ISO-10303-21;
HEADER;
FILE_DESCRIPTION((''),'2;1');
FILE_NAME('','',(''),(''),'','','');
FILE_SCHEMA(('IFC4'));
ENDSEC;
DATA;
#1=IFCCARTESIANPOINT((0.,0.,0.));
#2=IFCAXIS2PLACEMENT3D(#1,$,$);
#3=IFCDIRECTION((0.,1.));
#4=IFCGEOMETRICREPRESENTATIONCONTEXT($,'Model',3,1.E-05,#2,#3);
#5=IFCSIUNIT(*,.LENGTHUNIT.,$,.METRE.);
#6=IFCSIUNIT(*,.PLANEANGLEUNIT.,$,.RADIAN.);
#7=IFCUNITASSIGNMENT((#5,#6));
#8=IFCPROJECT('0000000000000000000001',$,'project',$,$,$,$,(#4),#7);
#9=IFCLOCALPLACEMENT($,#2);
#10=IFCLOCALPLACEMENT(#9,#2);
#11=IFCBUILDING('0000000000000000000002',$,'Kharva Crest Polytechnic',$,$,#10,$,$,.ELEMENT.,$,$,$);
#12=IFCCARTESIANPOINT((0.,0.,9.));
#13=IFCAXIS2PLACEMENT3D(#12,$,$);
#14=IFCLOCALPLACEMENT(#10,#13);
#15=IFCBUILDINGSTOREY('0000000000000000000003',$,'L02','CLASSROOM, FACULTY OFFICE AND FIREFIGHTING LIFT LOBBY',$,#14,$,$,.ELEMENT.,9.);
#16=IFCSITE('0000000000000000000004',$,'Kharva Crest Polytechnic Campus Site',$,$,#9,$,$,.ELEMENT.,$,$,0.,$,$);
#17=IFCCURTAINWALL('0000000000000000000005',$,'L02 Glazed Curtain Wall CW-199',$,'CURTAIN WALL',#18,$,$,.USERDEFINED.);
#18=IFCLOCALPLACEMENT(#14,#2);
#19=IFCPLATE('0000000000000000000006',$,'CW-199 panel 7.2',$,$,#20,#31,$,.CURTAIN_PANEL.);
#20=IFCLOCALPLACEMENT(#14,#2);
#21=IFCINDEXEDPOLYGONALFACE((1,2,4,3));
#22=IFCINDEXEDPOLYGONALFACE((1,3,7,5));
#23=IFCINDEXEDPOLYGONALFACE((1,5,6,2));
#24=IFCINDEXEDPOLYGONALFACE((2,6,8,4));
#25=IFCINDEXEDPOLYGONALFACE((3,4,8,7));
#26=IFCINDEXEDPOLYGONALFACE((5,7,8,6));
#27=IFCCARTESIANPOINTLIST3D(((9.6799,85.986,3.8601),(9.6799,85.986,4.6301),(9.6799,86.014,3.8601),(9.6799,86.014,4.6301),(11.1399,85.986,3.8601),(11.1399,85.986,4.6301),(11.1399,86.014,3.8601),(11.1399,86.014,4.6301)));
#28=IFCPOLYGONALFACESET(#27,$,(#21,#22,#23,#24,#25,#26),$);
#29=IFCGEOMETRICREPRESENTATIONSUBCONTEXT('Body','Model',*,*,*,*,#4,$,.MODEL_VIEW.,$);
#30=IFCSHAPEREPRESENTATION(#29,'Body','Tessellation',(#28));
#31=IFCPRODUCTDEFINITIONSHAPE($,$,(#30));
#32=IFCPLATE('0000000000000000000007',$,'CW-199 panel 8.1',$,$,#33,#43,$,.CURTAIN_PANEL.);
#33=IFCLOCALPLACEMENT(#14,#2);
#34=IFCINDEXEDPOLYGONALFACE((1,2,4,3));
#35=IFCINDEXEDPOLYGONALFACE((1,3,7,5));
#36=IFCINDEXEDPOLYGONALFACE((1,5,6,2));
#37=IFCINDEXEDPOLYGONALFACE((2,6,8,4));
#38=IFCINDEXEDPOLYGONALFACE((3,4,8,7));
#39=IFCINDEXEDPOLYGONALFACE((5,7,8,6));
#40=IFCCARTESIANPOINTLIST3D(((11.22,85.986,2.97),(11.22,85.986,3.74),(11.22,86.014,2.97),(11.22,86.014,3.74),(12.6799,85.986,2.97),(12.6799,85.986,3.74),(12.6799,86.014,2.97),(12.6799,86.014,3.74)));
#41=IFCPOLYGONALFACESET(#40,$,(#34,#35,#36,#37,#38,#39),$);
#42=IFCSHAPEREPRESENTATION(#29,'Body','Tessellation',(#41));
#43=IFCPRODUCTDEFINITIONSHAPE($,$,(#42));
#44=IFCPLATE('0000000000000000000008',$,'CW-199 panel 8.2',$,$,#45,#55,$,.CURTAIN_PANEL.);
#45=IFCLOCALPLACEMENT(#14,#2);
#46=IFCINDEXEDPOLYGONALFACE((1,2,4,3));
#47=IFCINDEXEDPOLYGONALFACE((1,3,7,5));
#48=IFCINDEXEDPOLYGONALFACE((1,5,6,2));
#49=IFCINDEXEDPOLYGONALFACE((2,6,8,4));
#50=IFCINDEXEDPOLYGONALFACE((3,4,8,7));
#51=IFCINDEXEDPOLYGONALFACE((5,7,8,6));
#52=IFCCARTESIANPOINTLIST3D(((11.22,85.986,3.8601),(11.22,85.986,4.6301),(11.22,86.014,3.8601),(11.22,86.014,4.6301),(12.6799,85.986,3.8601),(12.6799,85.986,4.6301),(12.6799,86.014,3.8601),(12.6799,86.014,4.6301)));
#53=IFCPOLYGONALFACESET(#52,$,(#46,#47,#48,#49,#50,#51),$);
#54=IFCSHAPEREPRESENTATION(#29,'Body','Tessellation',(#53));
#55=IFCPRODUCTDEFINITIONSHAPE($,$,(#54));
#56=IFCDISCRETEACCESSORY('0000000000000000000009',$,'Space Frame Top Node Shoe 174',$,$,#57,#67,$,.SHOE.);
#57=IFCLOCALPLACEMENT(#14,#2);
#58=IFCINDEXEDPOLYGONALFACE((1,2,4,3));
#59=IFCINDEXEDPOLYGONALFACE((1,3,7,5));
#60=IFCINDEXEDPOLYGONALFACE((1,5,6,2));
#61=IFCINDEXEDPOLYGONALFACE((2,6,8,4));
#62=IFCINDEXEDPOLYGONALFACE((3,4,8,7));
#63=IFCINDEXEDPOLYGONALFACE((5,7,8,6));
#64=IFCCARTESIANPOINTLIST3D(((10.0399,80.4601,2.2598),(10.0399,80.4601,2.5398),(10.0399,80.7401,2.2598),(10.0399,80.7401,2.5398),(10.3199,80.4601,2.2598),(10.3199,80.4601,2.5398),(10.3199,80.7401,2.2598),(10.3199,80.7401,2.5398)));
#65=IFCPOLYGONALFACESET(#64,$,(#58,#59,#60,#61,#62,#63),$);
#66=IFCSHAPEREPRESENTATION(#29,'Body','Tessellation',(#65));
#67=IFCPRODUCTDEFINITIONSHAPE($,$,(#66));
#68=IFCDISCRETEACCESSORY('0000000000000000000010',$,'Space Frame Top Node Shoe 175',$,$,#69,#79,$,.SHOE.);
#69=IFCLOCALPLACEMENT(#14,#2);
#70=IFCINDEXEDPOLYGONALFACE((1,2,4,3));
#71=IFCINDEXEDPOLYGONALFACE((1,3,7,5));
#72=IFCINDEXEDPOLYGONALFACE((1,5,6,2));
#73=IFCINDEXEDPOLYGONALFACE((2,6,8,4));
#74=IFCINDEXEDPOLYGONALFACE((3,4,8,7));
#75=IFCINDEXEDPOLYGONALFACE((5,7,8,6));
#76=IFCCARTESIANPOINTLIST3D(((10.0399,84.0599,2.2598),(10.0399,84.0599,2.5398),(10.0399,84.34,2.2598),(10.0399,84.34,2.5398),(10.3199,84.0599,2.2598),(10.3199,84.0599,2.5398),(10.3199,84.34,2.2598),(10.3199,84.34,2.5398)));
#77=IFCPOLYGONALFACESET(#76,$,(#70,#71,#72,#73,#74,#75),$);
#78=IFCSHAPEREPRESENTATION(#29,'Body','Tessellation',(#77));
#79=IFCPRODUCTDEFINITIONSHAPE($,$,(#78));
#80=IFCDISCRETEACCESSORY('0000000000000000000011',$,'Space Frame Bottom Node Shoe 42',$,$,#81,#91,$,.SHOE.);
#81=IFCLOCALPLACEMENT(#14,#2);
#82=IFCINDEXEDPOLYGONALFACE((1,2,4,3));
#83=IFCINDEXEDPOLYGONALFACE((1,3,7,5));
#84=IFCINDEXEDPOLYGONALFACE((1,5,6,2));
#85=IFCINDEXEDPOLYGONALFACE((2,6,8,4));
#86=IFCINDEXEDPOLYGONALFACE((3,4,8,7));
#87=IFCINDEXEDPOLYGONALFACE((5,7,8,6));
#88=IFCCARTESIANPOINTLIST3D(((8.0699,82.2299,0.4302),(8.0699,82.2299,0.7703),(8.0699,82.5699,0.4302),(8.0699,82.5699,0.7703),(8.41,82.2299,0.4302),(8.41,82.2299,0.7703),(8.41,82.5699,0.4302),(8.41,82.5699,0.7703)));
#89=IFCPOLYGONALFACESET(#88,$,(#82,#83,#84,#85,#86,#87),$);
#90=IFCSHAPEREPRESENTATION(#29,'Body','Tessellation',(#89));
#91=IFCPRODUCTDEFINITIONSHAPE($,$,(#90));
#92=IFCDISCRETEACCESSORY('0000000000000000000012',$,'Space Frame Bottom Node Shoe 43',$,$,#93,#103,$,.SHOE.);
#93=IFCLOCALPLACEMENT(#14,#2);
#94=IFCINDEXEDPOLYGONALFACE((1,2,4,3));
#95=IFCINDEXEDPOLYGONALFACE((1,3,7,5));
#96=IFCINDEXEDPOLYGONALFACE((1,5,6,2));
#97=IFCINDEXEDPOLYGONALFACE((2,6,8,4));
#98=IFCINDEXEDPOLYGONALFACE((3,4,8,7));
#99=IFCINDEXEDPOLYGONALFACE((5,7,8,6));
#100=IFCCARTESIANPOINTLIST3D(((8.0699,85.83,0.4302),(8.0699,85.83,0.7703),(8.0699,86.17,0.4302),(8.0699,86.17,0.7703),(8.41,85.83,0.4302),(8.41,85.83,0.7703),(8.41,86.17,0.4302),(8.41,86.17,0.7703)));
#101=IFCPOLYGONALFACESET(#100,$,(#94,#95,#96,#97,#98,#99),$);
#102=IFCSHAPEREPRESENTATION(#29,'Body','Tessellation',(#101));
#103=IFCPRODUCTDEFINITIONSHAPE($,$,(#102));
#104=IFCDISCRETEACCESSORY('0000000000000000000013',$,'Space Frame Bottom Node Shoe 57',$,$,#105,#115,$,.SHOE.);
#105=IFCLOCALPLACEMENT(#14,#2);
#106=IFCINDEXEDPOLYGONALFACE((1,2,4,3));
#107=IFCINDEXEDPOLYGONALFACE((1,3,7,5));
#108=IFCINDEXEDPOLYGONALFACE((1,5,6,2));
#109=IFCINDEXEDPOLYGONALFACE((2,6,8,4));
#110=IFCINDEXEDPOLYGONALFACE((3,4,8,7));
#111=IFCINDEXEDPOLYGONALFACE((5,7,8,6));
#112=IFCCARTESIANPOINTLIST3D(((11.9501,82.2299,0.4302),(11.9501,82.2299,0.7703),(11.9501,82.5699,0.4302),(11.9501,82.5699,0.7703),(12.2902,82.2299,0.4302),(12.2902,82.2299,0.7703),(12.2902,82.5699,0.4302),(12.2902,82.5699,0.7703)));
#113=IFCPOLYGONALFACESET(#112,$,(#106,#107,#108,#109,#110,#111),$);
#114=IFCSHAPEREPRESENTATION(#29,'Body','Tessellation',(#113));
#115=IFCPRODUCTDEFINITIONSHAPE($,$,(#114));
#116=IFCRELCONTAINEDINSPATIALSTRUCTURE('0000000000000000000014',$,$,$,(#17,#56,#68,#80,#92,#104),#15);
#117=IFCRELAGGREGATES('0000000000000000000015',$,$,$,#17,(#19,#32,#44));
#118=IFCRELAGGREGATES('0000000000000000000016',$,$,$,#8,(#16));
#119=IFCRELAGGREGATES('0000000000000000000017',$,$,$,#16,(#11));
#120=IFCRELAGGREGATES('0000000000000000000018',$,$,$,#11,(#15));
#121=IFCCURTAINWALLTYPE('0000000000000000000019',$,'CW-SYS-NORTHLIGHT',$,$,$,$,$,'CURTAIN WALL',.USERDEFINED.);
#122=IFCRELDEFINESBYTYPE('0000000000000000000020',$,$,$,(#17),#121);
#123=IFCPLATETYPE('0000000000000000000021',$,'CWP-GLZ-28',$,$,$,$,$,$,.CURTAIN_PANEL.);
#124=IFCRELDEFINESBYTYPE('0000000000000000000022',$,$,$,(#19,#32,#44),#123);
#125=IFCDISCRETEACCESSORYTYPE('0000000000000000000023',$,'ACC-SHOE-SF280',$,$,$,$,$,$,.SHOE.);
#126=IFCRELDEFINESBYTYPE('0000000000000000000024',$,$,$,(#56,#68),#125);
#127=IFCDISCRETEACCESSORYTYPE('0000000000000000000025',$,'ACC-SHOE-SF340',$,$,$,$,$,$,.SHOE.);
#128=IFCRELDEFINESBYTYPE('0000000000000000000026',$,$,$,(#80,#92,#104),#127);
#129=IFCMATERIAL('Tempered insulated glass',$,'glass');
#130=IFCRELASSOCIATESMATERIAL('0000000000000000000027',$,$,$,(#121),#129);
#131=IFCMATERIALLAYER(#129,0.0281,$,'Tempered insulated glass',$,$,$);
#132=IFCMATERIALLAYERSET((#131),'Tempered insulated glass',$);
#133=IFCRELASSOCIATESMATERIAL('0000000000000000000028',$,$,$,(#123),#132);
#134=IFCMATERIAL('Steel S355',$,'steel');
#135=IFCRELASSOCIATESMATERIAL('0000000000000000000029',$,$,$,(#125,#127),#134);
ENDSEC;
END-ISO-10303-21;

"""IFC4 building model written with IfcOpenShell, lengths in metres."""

from ifc_helpers import new_model, si_unit, direction, frame, origin, origin_2d, place, context, subcontext, project, spatial, rectangle, extrude, material, layer, layer_set, type_object, element, aggregate, save


model = new_model("IFC4")

# Units and contexts
model_context = context("Model", 3, precision=1e-05, world=origin(), true_north=direction((0.0, 1.0)))
body_context = subcontext(model_context, "Body", "Model", "MODEL_VIEW")
ifc_project = project(units=[si_unit("LENGTHUNIT", "METRE"), si_unit("PLANEANGLEUNIT", "RADIAN")], contexts=[model_context])

# Site, building, storey
site_placement = place(None, origin())
site = spatial("IfcSite", under=ifc_project, at=site_placement, Name="Kharva Crest Polytechnic Campus Site", CompositionType="ELEMENT", RefElevation=0.0)
building_placement = place(site_placement, origin())
building = spatial("IfcBuilding", under=site, at=building_placement, Name="Kharva Crest Polytechnic", CompositionType="ELEMENT")
storey_placement = place(building_placement, frame((0.0, 0.0, 9.0)))
storey = spatial("IfcBuildingStorey", under=building, at=storey_placement, Name="L02", Description="CLASSROOM, FACULTY OFFICE AND FIREFIGHTING LIFT LOBBY", CompositionType="ELEMENT", Elevation=9.0)

# Curtain wall
ifc_material_1 = material(Name="Tempered insulated glass", Category="glass")
curtain_wall_type = type_object("IfcCurtainWallType", Name="CW-SYS-NORTHLIGHT", ElementType="CURTAIN WALL", PredefinedType="USERDEFINED", material=ifc_material_1)
curtain_wall_placement = place(storey_placement, origin())
curtain_wall = element("IfcCurtainWall", 1, at=curtain_wall_placement, inside=storey, type_object=curtain_wall_type, Name="L02 Glazed Curtain Wall CW-199", ObjectType="CURTAIN WALL", PredefinedType="USERDEFINED")
ifc_material_2 = material(Name="Steel S355", Category="steel")

# Plates
ifc_layer = layer(ifc_material_1, 0.0281, Name="Tempered insulated glass")
ifc_layer_set = layer_set([ifc_layer], Name="Tempered insulated glass")
plate_type = type_object("IfcPlateType", Name="CWP-GLZ-28", PredefinedType="CURTAIN_PANEL", material=ifc_layer_set)
plate_1_placement = place(storey_placement, frame((10.4099, 86.0, 3.8601), z_axis=(0.0, 0.0, 1.0), x_axis=(1.0, 0.0, 0.0)))
plate_1 = element("IfcPlate", 2, at=plate_1_placement, type_object=plate_type, Name="CW-199 panel 7.2", PredefinedType="CURTAIN_PANEL", context=body_context, shape_type="SweptSolid", body=[
    extrude(rectangle(XDim=1.46, YDim=0.0281, at=origin_2d()), origin(), (0.0, 0.0, 1.0), 0.77),
])
plate_2_placement = place(storey_placement, frame((11.95, 86.0, 2.97), z_axis=(0.0, 0.0, 1.0), x_axis=(1.0, 0.0, 0.0)))
plate_2 = element("IfcPlate", 3, at=plate_2_placement, type_object=plate_type, Name="CW-199 panel 8.1", PredefinedType="CURTAIN_PANEL", context=body_context, shape_type="SweptSolid", body=[
    extrude(rectangle(XDim=1.46, YDim=0.0281, at=origin_2d()), origin(), (0.0, 0.0, 1.0), 0.77),
])
plate_3_placement = place(storey_placement, frame((11.95, 86.0, 3.8601), z_axis=(0.0, 0.0, 1.0), x_axis=(1.0, 0.0, 0.0)))
plate_3 = element("IfcPlate", 4, at=plate_3_placement, type_object=plate_type, Name="CW-199 panel 8.2", PredefinedType="CURTAIN_PANEL", context=body_context, shape_type="SweptSolid", body=[
    extrude(rectangle(XDim=1.46, YDim=0.0281, at=origin_2d()), origin(), (0.0, 0.0, 1.0), 0.77),
])
aggregate(curtain_wall, [plate_1, plate_2, plate_3])

# Discrete accessories
discrete_accessory_type_1 = type_object("IfcDiscreteAccessoryType", Name="ACC-SHOE-SF280", PredefinedType="SHOE", material=ifc_material_2)
for number, where, z_axis, x_axis, name in (
    (5, (10.1799, 80.6001, 2.2598), (0.0, 0.0, 1.0), (1.0, 0.0, 0.0), "Space Frame Top Node Shoe 174"),
    (6, (10.1799, 84.2, 2.2598), (0.0, 0.0, 1.0), (1.0, 0.0, 0.0), "Space Frame Top Node Shoe 175"),
):
    element("IfcDiscreteAccessory", number, at=place(storey_placement, frame(where, z_axis=z_axis, x_axis=x_axis)), inside=storey, type_object=discrete_accessory_type_1, Name=name, PredefinedType="SHOE", context=body_context, shape_type="SweptSolid", body=[
        extrude(rectangle(XDim=0.28, YDim=0.28, at=origin_2d()), origin(), (0.0, 0.0, 1.0), 0.28),
    ])
discrete_accessory_type_2 = type_object("IfcDiscreteAccessoryType", Name="ACC-SHOE-SF340", PredefinedType="SHOE", material=ifc_material_2)
for number, where, z_axis, x_axis, name in (
    (7, (8.24, 82.3999, 0.4302), (0.0, 0.0, 1.0), (1.0, 0.0, 0.0), "Space Frame Bottom Node Shoe 42"),
    (8, (8.24, 86.0, 0.4302), (0.0, 0.0, 1.0), (1.0, 0.0, 0.0), "Space Frame Bottom Node Shoe 43"),
    (9, (12.1201, 82.3999, 0.4302), (0.0, 0.0, 1.0), (1.0, 0.0, 0.0), "Space Frame Bottom Node Shoe 57"),
):
    element("IfcDiscreteAccessory", number, at=place(storey_placement, frame(where, z_axis=z_axis, x_axis=x_axis)), inside=storey, type_object=discrete_accessory_type_2, Name=name, PredefinedType="SHOE", context=body_context, shape_type="SweptSolid", body=[
        extrude(rectangle(XDim=0.3401, YDim=0.3401, at=origin_2d()), origin(), (0.0, 0.0, 1.0), 0.3401),
    ])

save(model, "model.ifc")
